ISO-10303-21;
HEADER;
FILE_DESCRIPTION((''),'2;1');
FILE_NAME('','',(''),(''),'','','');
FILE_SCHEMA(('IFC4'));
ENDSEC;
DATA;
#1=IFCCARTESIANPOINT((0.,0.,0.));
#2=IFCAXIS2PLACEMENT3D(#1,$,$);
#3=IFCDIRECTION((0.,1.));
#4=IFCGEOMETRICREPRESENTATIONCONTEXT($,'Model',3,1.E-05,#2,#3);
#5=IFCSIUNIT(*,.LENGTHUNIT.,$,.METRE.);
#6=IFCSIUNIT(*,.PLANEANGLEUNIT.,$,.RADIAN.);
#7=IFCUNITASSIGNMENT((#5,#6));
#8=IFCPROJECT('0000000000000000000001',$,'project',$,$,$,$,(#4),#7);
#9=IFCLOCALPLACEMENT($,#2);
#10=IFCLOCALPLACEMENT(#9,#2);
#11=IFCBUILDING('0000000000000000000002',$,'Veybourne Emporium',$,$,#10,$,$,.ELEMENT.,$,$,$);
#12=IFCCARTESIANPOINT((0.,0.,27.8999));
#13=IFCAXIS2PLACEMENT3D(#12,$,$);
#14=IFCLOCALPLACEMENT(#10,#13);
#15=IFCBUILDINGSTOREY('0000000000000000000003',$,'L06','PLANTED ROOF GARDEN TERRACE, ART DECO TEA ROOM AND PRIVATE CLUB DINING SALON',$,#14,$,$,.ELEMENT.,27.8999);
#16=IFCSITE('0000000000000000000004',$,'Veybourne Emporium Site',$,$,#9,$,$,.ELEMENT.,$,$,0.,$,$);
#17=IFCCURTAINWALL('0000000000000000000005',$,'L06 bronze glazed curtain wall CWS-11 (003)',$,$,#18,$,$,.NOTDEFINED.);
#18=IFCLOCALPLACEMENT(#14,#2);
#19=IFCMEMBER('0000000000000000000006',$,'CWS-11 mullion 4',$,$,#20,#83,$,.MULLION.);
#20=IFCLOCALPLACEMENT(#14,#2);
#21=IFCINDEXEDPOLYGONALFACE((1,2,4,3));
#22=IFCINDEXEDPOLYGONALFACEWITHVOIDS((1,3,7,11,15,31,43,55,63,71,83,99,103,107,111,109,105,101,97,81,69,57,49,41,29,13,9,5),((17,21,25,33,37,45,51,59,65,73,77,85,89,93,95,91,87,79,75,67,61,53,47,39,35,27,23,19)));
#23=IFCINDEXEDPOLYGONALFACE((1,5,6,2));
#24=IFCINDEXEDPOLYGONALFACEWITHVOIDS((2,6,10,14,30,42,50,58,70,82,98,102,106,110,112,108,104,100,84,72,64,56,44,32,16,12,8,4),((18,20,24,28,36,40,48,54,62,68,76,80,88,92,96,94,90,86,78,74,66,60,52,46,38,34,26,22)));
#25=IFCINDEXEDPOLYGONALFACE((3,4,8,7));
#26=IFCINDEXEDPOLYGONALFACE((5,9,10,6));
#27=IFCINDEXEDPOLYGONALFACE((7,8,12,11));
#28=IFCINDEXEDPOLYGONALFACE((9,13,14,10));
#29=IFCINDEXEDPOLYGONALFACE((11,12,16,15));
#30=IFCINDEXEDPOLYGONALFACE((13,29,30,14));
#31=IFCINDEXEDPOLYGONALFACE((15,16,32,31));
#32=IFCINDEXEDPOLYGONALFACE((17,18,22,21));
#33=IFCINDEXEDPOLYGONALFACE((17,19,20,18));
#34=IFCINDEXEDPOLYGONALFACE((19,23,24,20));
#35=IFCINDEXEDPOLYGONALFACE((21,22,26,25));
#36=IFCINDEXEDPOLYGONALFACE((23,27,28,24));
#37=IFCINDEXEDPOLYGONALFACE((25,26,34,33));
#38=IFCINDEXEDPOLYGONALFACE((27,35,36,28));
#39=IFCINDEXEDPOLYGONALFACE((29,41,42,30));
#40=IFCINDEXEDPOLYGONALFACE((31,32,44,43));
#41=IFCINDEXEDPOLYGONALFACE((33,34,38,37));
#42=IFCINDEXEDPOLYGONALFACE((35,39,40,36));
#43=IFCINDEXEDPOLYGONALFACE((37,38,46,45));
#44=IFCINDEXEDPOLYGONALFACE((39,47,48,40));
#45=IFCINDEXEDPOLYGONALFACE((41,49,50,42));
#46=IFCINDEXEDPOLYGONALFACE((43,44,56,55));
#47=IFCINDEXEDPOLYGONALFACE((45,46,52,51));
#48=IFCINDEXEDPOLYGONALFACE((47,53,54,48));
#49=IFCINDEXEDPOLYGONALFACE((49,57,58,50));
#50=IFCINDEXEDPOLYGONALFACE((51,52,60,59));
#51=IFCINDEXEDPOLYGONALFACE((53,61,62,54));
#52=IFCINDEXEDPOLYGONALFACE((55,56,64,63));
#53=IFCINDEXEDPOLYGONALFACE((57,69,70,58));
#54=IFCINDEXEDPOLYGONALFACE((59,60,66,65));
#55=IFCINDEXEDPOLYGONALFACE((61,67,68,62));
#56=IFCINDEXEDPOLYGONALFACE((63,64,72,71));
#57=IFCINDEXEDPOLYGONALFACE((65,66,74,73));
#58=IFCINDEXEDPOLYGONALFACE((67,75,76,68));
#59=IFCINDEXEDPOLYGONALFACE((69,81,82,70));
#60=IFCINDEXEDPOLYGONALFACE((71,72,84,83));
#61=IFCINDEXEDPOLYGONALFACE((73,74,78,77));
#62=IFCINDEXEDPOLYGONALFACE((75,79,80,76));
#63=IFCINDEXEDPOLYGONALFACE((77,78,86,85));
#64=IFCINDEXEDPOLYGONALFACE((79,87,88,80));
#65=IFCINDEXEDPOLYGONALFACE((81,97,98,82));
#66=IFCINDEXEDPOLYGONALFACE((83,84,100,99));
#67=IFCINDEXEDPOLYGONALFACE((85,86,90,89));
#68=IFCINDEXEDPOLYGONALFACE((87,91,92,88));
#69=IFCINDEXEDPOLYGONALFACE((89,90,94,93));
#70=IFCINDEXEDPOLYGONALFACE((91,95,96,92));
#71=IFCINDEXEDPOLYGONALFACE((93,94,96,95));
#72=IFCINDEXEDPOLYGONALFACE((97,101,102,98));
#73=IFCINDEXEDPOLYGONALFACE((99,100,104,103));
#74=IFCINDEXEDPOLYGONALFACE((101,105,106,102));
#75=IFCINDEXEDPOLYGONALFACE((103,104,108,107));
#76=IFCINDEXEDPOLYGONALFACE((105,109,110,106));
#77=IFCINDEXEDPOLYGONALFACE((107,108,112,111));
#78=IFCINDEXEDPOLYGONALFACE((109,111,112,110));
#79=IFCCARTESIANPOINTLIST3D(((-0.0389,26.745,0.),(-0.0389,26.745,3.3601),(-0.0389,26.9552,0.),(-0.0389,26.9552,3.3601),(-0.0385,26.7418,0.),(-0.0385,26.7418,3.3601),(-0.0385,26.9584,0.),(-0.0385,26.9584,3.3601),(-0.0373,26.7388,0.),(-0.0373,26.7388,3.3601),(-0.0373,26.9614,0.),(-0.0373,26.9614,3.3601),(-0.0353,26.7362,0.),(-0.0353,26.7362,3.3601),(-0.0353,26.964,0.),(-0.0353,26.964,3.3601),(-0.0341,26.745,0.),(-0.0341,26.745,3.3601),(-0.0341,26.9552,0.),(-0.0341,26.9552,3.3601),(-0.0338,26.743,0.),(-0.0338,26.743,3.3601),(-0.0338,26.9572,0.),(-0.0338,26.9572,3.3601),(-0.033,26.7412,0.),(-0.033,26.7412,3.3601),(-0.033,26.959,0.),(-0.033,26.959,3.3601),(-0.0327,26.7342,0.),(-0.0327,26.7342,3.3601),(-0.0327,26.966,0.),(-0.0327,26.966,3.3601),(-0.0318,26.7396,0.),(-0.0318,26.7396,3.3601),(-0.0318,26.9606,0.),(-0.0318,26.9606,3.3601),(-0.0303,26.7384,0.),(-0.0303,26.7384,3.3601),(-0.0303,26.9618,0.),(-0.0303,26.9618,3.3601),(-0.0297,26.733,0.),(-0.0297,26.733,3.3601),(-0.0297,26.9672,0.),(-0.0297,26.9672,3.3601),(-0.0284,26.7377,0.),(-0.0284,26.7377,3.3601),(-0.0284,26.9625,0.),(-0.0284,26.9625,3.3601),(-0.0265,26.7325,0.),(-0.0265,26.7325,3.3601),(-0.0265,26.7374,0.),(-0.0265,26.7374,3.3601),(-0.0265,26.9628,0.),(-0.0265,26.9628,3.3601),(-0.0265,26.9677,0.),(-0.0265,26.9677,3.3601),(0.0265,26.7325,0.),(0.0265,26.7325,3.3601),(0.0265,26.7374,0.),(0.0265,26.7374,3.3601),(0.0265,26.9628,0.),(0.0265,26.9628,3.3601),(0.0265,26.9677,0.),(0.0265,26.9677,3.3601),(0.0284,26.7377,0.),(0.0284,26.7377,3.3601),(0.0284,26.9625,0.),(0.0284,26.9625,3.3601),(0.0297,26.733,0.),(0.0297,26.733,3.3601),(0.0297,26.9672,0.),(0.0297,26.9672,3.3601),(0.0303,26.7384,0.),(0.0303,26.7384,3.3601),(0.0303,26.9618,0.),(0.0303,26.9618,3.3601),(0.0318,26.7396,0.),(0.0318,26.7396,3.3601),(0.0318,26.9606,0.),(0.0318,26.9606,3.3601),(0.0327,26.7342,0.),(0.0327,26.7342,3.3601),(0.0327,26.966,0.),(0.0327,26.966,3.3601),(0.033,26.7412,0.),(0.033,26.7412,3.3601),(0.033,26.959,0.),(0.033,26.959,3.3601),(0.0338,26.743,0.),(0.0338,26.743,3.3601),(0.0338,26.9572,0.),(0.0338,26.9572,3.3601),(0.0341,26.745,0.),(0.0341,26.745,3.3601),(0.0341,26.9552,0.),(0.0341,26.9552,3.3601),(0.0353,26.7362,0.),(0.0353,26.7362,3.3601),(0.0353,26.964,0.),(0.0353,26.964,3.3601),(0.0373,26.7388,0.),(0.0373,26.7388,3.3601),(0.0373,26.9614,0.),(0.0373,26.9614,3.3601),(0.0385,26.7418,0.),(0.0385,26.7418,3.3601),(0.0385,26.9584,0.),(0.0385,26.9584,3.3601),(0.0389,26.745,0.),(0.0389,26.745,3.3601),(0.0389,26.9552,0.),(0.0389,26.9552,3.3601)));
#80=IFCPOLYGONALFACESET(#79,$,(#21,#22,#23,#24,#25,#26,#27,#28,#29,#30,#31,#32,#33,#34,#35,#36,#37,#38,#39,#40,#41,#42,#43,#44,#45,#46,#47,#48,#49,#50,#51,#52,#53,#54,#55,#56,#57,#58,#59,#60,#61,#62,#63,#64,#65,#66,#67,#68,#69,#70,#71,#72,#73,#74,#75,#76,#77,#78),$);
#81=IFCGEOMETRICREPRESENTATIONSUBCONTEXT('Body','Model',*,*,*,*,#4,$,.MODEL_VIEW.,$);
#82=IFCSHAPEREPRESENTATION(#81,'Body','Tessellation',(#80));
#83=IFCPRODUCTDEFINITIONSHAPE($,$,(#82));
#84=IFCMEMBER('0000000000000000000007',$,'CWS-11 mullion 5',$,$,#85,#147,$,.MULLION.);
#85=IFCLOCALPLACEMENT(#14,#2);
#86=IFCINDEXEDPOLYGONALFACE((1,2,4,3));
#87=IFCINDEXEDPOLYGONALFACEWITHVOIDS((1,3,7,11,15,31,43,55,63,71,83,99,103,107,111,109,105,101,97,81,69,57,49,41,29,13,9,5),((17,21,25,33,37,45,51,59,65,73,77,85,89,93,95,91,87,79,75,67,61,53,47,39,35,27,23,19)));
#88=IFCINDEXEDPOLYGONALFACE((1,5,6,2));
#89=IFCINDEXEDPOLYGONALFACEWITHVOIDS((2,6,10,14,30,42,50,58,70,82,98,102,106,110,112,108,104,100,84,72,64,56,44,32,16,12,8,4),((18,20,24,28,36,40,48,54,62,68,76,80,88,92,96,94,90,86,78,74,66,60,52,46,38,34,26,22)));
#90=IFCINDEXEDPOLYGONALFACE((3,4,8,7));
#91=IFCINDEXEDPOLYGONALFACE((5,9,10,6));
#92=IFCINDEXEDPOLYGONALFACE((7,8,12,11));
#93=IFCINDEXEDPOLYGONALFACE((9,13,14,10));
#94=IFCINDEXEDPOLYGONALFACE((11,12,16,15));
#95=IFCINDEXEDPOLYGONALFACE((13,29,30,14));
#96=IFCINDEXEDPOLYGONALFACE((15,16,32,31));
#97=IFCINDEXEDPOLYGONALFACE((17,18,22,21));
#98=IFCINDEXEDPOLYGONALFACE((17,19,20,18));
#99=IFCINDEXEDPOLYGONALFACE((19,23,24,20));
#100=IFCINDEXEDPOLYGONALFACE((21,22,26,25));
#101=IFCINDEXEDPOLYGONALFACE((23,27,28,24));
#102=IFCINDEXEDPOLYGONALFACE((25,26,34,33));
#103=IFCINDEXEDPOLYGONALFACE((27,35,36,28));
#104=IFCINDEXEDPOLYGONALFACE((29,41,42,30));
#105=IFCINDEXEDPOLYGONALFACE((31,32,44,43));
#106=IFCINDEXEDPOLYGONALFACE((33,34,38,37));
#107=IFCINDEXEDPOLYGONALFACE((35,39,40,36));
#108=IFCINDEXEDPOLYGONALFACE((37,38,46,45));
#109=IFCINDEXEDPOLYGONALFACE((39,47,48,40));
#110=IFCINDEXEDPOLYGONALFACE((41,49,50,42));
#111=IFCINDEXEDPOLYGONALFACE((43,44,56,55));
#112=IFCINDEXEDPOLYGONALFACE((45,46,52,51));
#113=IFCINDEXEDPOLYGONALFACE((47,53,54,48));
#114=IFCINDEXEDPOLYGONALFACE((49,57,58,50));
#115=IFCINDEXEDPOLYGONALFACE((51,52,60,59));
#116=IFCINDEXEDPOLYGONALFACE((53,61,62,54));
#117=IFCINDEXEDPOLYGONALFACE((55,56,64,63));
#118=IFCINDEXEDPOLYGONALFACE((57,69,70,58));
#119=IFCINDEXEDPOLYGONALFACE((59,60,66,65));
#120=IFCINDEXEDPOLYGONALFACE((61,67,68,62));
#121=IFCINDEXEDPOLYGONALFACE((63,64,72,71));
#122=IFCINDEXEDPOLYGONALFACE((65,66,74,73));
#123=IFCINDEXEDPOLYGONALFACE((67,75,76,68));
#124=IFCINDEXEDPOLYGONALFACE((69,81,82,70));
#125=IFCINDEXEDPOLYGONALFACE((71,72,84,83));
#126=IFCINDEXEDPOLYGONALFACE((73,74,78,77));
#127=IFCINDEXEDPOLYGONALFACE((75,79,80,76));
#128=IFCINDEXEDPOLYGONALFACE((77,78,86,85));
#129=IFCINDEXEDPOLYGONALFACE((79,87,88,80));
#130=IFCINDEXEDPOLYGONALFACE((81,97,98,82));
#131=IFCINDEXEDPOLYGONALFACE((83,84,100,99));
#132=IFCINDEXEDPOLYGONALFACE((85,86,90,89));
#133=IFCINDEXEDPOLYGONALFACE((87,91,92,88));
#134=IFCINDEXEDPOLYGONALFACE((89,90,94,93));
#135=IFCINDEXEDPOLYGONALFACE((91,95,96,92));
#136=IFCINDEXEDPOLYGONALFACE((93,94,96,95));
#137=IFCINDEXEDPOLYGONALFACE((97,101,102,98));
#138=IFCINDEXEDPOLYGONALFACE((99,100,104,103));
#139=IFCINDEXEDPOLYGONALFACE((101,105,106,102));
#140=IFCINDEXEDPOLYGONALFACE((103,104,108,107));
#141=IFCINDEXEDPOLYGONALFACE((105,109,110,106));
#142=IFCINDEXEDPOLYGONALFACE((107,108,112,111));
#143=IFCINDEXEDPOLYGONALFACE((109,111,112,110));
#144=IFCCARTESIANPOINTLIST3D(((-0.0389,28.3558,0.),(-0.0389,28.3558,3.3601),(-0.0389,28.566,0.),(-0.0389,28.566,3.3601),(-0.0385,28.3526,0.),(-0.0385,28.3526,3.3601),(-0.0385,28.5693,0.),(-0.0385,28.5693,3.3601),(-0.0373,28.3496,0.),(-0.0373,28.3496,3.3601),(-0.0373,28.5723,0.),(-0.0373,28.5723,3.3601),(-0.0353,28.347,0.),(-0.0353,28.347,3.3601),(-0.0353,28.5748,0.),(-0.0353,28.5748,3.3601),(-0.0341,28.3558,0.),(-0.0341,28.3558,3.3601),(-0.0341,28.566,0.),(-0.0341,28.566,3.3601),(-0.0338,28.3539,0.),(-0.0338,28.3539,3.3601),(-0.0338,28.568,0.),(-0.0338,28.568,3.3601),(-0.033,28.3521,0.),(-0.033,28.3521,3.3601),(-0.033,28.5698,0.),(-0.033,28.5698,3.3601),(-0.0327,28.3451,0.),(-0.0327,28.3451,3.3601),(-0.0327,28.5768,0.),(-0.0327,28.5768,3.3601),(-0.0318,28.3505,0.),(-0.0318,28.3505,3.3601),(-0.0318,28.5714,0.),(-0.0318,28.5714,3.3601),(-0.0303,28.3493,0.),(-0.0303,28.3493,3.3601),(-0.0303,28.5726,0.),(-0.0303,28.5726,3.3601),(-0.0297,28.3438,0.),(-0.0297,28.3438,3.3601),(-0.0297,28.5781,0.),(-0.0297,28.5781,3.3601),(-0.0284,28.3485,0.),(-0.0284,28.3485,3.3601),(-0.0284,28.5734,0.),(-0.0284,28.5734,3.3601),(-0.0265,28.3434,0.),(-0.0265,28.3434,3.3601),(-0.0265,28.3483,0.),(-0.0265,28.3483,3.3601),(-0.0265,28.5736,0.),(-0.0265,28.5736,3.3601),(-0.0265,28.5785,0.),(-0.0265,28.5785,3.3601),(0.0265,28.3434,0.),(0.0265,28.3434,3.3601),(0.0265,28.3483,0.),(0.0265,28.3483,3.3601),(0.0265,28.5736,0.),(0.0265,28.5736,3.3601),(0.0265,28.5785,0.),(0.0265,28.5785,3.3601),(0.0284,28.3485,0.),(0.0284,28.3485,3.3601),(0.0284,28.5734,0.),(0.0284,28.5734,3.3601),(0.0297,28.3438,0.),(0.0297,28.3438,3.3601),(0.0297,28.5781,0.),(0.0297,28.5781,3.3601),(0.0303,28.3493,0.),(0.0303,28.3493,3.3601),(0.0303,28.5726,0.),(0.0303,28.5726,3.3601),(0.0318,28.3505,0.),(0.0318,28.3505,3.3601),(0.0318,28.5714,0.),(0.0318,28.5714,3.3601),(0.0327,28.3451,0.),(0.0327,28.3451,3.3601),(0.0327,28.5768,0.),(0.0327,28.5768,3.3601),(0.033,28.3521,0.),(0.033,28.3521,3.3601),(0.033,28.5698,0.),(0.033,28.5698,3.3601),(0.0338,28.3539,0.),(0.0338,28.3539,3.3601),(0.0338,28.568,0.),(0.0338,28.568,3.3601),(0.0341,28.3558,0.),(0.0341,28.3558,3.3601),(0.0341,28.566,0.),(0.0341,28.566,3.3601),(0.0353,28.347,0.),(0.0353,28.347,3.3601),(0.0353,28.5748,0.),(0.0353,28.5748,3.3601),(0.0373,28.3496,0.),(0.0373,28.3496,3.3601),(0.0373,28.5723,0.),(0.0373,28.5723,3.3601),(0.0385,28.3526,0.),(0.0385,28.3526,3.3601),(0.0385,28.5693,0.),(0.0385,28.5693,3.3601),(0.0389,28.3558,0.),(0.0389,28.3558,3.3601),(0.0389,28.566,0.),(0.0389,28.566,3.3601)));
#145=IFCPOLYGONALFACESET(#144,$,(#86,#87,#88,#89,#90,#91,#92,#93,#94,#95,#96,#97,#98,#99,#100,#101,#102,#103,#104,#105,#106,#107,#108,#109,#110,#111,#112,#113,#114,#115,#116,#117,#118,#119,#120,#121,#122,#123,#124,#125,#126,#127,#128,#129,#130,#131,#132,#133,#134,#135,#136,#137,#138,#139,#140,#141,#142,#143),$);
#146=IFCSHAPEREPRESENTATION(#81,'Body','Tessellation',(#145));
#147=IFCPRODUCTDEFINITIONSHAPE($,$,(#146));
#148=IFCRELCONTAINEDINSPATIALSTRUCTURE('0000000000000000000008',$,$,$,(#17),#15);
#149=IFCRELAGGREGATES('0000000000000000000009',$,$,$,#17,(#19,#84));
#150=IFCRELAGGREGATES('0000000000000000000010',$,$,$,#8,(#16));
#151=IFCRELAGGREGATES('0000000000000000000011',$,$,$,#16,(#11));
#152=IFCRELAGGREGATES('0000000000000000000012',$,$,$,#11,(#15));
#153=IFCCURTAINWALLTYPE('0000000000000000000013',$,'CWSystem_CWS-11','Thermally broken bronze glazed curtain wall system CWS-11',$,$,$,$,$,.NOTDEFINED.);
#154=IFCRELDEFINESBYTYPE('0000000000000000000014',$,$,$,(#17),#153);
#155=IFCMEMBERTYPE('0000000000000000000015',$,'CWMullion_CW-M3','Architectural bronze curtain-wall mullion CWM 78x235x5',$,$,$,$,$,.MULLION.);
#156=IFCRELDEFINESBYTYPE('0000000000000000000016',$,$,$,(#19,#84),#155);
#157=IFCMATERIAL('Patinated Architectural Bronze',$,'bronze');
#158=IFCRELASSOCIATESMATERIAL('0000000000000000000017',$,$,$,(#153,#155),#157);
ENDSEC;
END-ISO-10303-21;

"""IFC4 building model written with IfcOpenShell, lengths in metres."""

from ifc_helpers import new_model, si_unit, direction, frame, origin, origin_2d, place, context, subcontext, project, spatial, hollow_rectangle, extrude, material, material_profile, profile_set, type_object, element, aggregate, save


model = new_model("IFC4")

# Units and contexts
model_context = context("Model", 3, precision=1e-05, world=origin(), true_north=direction((0.0, 1.0)))
body_context = subcontext(model_context, "Body", "Model", "MODEL_VIEW")
ifc_project = project(units=[si_unit("LENGTHUNIT", "METRE"), si_unit("PLANEANGLEUNIT", "RADIAN")], contexts=[model_context])

# Site, building, storey
site_placement = place(None, origin())
site = spatial("IfcSite", under=ifc_project, at=site_placement, Name="Veybourne Emporium Site", CompositionType="ELEMENT", RefElevation=0.0)
building_placement = place(site_placement, origin())
building = spatial("IfcBuilding", under=site, at=building_placement, Name="Veybourne Emporium", CompositionType="ELEMENT")
storey_placement = place(building_placement, frame((0.0, 0.0, 27.8999)))
storey = spatial("IfcBuildingStorey", under=building, at=storey_placement, Name="L06", Description="PLANTED ROOF GARDEN TERRACE, ART DECO TEA ROOM AND PRIVATE CLUB DINING SALON", CompositionType="ELEMENT", Elevation=27.8999)

# Curtain wall, members
ifc_material_1 = material(Name="Patinated Architectural Bronze", Category="bronze")
curtain_wall_type = type_object("IfcCurtainWallType", Name="CWSystem_CWS-11", Description="Thermally broken bronze glazed curtain wall system CWS-11", PredefinedType="NOTDEFINED", material=ifc_material_1)
curtain_wall_placement = place(storey_placement, origin())
curtain_wall = element("IfcCurtainWall", 1, at=curtain_wall_placement, inside=storey, type_object=curtain_wall_type, Name="L06 bronze glazed curtain wall CWS-11 (003)", PredefinedType="NOTDEFINED")
ifc_material_profile_1 = material_profile(ifc_material_1, hollow_rectangle(XDim=0.0779, YDim=0.2351, WallThickness=0.0049, InnerFilletRadius=0.0076, OuterFilletRadius=0.0125, at=origin_2d()), Name="CWM 78x235x5")
ifc_profile_set_1 = profile_set([ifc_material_profile_1], Name="Patinated Architectural Bronze")
member_type_1 = type_object("IfcMemberType", Name="CWMullion_CW-M3", Description="Architectural bronze curtain-wall mullion CWM 78x235x5", PredefinedType="MULLION", material=ifc_profile_set_1)
member_1_placement = place(storey_placement, frame((0.0, 26.8501, 0.0), z_axis=(0.0, 0.0, 1.0), x_axis=(-1.0, 0.0, 0.0)))
member_1 = element("IfcMember", 2, at=member_1_placement, type_object=member_type_1, Name="CWS-11 mullion 4", PredefinedType="MULLION", context=body_context, shape_type="SweptSolid", body=[
    extrude(hollow_rectangle(XDim=0.0779, YDim=0.2351, WallThickness=0.0049, InnerFilletRadius=0.0076, OuterFilletRadius=0.0125, at=origin_2d()), origin(), (0.0, 0.0, 1.0), 3.3601),
])
member_2_placement = place(storey_placement, frame((0.0, 28.4609, 0.0), z_axis=(0.0, 0.0, 1.0), x_axis=(-1.0, 0.0, 0.0)))
member_2 = element("IfcMember", 3, at=member_2_placement, type_object=member_type_1, Name="CWS-11 mullion 5", PredefinedType="MULLION", context=body_context, shape_type="SweptSolid", body=[
    extrude(hollow_rectangle(XDim=0.0779, YDim=0.2351, WallThickness=0.0049, InnerFilletRadius=0.0076, OuterFilletRadius=0.0125, at=origin_2d()), origin(), (0.0, 0.0, 1.0), 3.3601),
])
aggregate(curtain_wall, [member_1, member_2])

save(model, "model.ifc")
